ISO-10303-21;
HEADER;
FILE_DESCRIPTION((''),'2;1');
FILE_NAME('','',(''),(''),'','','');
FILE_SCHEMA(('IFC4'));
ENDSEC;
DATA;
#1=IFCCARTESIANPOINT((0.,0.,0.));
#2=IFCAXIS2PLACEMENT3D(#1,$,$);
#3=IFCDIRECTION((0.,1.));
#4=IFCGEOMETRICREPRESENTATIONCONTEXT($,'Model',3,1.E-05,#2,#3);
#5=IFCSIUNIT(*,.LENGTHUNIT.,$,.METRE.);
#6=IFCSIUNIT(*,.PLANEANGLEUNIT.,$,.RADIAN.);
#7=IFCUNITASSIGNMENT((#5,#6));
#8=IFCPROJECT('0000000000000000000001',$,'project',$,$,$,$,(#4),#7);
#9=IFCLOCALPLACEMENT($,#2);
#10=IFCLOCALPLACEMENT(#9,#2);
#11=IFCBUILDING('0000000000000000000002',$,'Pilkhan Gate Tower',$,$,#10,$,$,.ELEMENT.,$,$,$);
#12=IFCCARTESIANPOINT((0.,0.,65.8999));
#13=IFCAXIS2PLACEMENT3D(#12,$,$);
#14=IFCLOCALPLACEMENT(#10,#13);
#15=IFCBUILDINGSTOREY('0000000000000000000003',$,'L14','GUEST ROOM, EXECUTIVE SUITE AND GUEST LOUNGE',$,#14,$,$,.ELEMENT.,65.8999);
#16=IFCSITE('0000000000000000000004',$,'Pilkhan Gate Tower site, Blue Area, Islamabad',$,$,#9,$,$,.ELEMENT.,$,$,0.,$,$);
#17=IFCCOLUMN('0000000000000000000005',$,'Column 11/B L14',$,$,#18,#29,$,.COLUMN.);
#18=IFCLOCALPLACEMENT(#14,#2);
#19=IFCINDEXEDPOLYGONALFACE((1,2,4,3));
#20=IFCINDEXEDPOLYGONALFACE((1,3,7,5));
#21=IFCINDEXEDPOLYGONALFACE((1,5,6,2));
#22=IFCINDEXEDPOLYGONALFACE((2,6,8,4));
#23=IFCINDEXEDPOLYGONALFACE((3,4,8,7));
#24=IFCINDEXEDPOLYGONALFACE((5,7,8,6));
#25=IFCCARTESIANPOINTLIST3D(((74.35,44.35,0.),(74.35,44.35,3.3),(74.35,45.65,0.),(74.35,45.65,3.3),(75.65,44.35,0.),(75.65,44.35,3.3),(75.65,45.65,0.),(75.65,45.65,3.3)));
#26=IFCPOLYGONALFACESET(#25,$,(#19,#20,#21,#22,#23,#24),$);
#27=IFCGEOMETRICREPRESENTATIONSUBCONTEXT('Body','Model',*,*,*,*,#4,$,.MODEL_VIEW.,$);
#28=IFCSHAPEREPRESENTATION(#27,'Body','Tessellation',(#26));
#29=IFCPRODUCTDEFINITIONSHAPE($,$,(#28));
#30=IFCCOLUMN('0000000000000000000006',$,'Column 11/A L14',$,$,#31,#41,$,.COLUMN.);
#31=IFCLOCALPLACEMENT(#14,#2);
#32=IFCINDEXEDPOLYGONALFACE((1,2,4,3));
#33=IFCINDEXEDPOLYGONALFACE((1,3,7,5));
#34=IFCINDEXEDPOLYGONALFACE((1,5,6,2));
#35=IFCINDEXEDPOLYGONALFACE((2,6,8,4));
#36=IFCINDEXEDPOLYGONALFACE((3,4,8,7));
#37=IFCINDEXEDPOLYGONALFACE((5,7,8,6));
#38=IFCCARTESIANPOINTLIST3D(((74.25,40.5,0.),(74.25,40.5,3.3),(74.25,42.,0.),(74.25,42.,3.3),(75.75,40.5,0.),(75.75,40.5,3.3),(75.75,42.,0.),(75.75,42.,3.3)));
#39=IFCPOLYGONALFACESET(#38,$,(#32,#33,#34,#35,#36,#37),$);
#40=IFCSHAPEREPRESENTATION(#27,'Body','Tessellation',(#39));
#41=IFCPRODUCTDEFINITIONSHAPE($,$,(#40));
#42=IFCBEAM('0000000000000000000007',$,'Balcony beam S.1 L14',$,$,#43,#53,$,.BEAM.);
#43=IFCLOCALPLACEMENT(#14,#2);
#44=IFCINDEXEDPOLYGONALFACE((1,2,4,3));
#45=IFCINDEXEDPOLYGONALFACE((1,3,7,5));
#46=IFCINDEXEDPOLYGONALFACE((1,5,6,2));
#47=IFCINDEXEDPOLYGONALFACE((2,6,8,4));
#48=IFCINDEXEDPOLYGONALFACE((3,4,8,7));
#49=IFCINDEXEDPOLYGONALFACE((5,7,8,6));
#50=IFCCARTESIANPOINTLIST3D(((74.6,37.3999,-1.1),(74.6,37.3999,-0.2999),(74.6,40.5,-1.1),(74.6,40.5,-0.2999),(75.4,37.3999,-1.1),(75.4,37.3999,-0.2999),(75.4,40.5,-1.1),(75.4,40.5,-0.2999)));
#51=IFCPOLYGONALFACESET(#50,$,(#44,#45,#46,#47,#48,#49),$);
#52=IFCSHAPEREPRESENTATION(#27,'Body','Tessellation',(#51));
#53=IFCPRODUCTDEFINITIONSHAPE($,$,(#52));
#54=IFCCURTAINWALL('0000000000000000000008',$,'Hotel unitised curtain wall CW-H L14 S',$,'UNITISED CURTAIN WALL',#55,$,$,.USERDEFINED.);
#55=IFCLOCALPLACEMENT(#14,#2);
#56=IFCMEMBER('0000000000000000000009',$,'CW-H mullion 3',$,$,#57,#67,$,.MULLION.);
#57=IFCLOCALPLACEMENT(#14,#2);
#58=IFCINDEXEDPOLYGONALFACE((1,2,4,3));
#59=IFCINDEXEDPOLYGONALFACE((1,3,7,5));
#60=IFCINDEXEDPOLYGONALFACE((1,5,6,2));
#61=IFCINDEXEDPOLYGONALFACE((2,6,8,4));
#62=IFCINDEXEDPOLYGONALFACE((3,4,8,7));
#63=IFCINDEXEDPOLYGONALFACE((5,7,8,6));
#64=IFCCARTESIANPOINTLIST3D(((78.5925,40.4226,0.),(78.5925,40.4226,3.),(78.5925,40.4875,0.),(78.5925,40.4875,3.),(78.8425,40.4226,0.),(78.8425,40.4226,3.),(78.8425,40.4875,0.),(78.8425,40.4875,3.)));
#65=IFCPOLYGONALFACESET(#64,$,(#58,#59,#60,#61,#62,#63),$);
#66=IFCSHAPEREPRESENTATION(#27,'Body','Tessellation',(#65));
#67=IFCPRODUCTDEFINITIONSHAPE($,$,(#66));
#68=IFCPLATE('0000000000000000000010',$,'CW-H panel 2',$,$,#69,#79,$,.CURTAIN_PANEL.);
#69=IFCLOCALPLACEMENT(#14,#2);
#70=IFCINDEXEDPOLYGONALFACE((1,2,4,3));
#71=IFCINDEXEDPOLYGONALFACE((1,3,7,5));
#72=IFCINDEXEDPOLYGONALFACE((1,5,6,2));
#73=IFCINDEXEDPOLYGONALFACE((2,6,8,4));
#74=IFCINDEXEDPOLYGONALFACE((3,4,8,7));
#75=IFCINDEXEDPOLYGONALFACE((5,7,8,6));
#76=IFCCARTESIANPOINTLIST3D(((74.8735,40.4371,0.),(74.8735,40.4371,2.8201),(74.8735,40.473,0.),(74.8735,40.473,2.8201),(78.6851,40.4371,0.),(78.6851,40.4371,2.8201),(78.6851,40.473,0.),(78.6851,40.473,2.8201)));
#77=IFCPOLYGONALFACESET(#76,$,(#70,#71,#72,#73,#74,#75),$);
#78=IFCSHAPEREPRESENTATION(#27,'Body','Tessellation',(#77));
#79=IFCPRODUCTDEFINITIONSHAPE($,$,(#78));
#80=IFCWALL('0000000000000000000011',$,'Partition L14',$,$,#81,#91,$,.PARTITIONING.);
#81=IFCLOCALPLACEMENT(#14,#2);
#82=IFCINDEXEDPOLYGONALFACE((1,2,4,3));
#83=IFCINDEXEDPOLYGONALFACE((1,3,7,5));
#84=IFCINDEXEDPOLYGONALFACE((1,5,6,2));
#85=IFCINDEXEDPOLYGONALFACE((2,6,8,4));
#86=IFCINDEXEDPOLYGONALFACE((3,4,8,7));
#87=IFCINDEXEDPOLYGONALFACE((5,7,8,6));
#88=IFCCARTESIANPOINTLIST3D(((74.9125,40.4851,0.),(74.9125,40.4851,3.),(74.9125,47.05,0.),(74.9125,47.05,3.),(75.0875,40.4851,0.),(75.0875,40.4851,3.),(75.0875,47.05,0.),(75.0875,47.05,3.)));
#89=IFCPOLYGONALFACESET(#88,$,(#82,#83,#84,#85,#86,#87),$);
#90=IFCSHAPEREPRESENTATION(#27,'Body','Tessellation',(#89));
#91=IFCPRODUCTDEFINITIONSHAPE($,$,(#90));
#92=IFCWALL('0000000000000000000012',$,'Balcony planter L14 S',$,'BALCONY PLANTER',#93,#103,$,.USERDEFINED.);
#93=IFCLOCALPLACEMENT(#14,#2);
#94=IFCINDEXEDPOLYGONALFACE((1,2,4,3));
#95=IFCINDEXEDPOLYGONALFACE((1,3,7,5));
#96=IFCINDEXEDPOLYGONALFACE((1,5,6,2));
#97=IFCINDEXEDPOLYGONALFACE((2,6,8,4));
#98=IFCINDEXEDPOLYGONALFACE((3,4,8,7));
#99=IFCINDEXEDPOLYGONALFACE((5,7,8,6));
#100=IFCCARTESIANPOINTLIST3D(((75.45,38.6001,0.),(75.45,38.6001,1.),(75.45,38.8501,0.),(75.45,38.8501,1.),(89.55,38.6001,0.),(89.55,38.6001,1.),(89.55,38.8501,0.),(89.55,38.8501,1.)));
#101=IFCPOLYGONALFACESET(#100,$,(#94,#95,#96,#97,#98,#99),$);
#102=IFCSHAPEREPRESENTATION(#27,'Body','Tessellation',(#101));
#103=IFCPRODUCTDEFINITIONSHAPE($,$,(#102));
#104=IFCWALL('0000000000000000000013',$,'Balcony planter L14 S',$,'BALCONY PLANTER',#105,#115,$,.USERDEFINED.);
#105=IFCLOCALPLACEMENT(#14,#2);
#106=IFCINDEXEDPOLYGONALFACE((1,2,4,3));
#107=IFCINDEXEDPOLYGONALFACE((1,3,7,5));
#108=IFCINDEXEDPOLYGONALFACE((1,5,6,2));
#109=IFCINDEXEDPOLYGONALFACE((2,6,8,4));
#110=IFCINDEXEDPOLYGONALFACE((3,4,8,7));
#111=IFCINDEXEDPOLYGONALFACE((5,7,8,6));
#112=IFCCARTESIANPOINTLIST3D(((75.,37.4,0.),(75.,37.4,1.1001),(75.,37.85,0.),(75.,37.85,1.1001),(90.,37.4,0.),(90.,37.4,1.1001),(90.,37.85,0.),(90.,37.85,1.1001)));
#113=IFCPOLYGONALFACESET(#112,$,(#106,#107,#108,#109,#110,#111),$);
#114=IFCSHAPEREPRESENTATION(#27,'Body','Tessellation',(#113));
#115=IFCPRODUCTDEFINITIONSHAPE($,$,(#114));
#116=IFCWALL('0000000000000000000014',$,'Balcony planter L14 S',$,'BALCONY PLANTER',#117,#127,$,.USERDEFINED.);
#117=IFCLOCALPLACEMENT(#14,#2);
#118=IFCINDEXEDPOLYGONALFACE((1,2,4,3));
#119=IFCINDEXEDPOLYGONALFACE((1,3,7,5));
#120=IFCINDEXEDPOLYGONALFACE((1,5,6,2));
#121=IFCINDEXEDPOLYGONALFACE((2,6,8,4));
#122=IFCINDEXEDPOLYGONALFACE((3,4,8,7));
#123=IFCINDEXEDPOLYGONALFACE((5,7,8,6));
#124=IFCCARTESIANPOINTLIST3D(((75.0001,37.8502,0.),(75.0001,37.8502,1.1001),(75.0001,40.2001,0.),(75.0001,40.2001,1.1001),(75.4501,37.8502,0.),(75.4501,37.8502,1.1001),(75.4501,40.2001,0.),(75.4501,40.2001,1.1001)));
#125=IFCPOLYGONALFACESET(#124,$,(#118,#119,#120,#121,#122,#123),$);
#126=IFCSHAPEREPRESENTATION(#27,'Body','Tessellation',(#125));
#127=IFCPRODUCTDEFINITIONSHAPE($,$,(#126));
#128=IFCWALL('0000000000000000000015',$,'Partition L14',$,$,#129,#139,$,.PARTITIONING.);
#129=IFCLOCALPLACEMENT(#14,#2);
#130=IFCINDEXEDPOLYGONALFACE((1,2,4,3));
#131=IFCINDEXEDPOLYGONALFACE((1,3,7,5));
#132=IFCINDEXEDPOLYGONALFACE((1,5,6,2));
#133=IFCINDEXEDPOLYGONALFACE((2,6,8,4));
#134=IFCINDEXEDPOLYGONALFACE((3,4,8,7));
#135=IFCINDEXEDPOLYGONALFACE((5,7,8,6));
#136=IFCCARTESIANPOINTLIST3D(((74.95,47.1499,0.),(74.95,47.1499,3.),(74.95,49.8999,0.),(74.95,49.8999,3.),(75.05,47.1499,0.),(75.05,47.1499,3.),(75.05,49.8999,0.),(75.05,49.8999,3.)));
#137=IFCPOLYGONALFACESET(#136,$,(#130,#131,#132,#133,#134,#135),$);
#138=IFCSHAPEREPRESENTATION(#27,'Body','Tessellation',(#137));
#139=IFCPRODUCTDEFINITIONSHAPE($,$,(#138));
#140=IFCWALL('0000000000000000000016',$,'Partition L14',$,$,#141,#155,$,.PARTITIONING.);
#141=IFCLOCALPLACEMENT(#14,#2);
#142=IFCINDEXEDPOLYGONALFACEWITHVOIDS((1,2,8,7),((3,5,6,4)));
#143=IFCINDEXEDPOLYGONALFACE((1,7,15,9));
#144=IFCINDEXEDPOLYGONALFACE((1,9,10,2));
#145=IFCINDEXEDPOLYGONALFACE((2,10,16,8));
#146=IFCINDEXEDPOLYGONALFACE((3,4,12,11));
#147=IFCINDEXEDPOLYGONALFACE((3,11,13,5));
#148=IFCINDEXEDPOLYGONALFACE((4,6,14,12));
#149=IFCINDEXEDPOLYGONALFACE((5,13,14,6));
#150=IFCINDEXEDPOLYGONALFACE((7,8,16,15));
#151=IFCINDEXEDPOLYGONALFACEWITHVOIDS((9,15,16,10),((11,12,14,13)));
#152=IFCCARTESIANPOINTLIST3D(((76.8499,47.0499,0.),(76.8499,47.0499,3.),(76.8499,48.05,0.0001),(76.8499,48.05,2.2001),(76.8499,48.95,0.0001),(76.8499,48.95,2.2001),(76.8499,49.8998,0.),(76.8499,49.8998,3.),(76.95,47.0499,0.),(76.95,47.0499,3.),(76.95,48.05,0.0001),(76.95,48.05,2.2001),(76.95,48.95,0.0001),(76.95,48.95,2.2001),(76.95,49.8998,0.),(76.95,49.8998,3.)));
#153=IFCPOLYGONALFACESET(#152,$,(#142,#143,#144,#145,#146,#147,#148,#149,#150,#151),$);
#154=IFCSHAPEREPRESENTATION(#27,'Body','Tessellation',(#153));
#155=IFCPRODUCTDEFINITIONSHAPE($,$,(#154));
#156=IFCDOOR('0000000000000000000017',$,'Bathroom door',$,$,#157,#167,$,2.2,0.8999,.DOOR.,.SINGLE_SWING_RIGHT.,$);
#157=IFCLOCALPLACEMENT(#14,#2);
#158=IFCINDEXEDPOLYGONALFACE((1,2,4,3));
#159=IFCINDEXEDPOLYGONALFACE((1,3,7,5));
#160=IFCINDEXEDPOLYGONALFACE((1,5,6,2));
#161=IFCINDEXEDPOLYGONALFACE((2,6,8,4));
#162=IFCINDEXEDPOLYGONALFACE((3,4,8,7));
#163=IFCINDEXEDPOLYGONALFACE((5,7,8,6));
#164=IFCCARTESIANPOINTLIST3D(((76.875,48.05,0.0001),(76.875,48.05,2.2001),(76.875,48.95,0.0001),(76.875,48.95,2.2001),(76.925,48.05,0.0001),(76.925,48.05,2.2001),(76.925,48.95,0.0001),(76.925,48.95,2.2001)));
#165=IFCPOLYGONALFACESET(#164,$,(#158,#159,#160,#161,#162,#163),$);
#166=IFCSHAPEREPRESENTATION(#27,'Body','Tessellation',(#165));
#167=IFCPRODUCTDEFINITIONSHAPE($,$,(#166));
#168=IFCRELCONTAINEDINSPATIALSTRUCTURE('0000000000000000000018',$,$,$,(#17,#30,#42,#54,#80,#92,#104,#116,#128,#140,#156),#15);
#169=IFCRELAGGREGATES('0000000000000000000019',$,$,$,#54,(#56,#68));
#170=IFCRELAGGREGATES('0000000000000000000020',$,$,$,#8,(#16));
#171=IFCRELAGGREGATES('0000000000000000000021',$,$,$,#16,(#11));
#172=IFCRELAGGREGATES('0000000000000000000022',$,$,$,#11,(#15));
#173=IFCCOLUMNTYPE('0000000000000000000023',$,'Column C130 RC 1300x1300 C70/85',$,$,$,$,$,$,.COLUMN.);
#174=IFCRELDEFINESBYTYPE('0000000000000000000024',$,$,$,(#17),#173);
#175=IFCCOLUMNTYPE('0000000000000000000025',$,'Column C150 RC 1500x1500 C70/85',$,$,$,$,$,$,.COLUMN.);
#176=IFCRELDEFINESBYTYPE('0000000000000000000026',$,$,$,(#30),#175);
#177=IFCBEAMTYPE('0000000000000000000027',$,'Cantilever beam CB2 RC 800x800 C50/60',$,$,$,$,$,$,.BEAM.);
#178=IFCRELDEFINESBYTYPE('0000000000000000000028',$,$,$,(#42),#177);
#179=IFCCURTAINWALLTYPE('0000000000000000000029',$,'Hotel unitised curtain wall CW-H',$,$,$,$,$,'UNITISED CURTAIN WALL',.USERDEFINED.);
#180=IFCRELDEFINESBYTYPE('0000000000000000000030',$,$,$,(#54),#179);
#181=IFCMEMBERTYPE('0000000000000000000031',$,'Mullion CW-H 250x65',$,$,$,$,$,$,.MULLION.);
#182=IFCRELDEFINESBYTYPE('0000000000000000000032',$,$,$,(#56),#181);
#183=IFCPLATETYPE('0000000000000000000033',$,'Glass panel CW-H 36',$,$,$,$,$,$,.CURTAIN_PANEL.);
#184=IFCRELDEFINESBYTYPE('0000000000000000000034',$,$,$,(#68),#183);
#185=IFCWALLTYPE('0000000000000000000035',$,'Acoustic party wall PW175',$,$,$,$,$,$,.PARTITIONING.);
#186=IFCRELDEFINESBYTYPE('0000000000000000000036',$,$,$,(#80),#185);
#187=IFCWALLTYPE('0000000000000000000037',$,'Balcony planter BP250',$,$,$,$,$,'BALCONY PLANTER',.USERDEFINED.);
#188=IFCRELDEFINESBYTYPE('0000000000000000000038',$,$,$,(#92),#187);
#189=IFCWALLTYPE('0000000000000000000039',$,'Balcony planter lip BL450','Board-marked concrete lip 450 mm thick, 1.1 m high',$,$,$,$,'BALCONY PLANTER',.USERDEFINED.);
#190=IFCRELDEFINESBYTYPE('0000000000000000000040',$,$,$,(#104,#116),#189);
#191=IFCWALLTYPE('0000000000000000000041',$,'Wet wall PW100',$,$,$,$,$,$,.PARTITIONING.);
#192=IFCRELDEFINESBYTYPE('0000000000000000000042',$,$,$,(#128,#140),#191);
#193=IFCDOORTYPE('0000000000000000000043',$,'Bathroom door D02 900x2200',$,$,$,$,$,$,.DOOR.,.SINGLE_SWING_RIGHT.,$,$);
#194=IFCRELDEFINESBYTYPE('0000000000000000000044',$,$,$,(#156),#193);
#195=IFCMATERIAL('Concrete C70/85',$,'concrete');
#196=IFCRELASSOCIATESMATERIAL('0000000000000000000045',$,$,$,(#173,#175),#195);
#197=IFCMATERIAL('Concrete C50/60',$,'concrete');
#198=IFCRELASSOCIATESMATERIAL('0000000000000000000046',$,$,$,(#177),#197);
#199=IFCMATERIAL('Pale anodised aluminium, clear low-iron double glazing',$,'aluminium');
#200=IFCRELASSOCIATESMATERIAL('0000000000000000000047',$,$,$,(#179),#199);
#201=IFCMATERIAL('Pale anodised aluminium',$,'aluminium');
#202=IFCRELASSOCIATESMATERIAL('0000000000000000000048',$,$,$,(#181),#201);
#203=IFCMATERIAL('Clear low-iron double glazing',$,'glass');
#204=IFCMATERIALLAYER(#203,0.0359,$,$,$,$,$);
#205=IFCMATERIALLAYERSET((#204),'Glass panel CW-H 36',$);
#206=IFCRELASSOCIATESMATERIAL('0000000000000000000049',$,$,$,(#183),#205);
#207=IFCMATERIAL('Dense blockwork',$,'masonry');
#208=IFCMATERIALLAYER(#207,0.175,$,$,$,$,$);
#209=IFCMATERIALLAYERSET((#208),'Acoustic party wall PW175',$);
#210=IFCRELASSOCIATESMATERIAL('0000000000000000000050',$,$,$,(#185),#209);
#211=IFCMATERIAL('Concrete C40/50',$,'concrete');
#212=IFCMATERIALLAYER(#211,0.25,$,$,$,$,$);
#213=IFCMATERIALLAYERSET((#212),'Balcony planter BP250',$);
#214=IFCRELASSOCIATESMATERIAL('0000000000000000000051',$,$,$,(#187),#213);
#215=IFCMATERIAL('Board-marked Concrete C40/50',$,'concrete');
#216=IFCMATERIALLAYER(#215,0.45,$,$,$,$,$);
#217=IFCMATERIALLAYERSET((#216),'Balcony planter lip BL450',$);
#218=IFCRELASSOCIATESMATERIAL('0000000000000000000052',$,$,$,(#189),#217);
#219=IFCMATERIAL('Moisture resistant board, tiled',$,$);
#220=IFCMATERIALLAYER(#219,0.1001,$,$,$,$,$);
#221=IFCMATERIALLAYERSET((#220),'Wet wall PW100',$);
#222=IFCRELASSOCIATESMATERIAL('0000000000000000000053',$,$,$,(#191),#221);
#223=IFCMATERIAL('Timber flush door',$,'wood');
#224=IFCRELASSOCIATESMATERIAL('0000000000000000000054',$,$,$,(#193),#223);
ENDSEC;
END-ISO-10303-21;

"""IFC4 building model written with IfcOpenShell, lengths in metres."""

from ifc_helpers import new_model, si_unit, direction, frame, frame_2d, origin, origin_2d, place, context, subcontext, project, spatial, rectangle, extrude, material, layer, layer_set, material_profile, profile_set, type_object, element, fill, aggregate, save


model = new_model("IFC4")

# Units and contexts
model_context = context("Model", 3, precision=1e-05, world=origin(), true_north=direction((0.0, 1.0)))
body_context = subcontext(model_context, "Body", "Model", "MODEL_VIEW")
ifc_project = project(units=[si_unit("LENGTHUNIT", "METRE"), si_unit("PLANEANGLEUNIT", "RADIAN")], contexts=[model_context])

# Site, building, storey
site_placement = place(None, origin())
site = spatial("IfcSite", under=ifc_project, at=site_placement, Name="Pilkhan Gate Tower site, Blue Area, Islamabad", CompositionType="ELEMENT", RefElevation=0.0)
building_placement = place(site_placement, origin())
building = spatial("IfcBuilding", under=site, at=building_placement, Name="Pilkhan Gate Tower", CompositionType="ELEMENT")
storey_placement = place(building_placement, frame((0.0, 0.0, 65.8999)))
storey = spatial("IfcBuildingStorey", under=building, at=storey_placement, Name="L14", Description="GUEST ROOM, EXECUTIVE SUITE AND GUEST LOUNGE", CompositionType="ELEMENT", Elevation=65.8999)

# Columns
ifc_material_1 = material(Name="Concrete C70/85", Category="concrete")
ifc_material_profile_1 = material_profile(ifc_material_1, rectangle(XDim=1.3, YDim=1.3, at=origin_2d()), Name="RC 1300x1300")
ifc_profile_set_1 = profile_set([ifc_material_profile_1], Name="Concrete C70/85")
column_type_1 = type_object("IfcColumnType", Name="Column C130 RC 1300x1300 C70/85", PredefinedType="COLUMN", material=ifc_profile_set_1)
column_1_placement = place(storey_placement, frame((75.0, 45.0, 0.0), z_axis=(0.0, 0.0, 1.0), x_axis=(1.0, 0.0, 0.0)))
element("IfcColumn", 1, at=column_1_placement, inside=storey, type_object=column_type_1, Name="Column 11/B L14", PredefinedType="COLUMN", context=body_context, shape_type="SweptSolid", body=[
    extrude(rectangle(XDim=1.3, YDim=1.3, at=origin_2d()), origin(), (0.0, 0.0, 1.0), 3.3),
])
ifc_material_profile_2 = material_profile(ifc_material_1, rectangle(XDim=1.5, YDim=1.5, at=origin_2d()), Name="RC 1500x1500")
ifc_profile_set_2 = profile_set([ifc_material_profile_2], Name="Concrete C70/85")
column_type_2 = type_object("IfcColumnType", Name="Column C150 RC 1500x1500 C70/85", PredefinedType="COLUMN", material=ifc_profile_set_2)
column_2_placement = place(storey_placement, frame((75.0, 41.25, 0.0), z_axis=(0.0, 0.0, 1.0), x_axis=(1.0, 0.0, 0.0)))
element("IfcColumn", 2, at=column_2_placement, inside=storey, type_object=column_type_2, Name="Column 11/A L14", PredefinedType="COLUMN", context=body_context, shape_type="SweptSolid", body=[
    extrude(rectangle(XDim=1.5, YDim=1.5, at=origin_2d()), origin(), (0.0, 0.0, 1.0), 3.3),
])

# Beam
ifc_material_2 = material(Name="Concrete C50/60", Category="concrete")
ifc_material_profile_3 = material_profile(ifc_material_2, rectangle(XDim=0.8, YDim=0.8, at=origin_2d()), Name="RC 800x800")
ifc_profile_set_3 = profile_set([ifc_material_profile_3], Name="Concrete C50/60")
beam_type = type_object("IfcBeamType", Name="Cantilever beam CB2 RC 800x800 C50/60", PredefinedType="BEAM", material=ifc_profile_set_3)
beam_placement = place(storey_placement, frame((75.0, 40.5, -0.7), z_axis=(0.0, -1.0, 0.0), x_axis=(1.0, 0.0, 0.0)))
element("IfcBeam", 3, at=beam_placement, inside=storey, type_object=beam_type, Name="Balcony beam S.1 L14", PredefinedType="BEAM", context=body_context, shape_type="SweptSolid", body=[
    extrude(rectangle(XDim=0.8, YDim=0.8, at=origin_2d()), origin(), (0.0, 0.0, 1.0), 3.1001),
])

# Curtain wall, member, plate
ifc_material_3 = material(Name="Pale anodised aluminium, clear low-iron double glazing", Category="aluminium")
curtain_wall_type = type_object("IfcCurtainWallType", Name="Hotel unitised curtain wall CW-H", ElementType="UNITISED CURTAIN WALL", PredefinedType="USERDEFINED", material=ifc_material_3)
curtain_wall_placement = place(storey_placement, origin())
curtain_wall = element("IfcCurtainWall", 4, at=curtain_wall_placement, inside=storey, type_object=curtain_wall_type, Name="Hotel unitised curtain wall CW-H L14 S", ObjectType="UNITISED CURTAIN WALL", PredefinedType="USERDEFINED")
ifc_material_4 = material(Name="Pale anodised aluminium", Category="aluminium")
ifc_material_profile_4 = material_profile(ifc_material_4, rectangle(XDim=0.0649, YDim=0.25, at=origin_2d()), Name="Mullion 250x65")
ifc_profile_set_4 = profile_set([ifc_material_profile_4], Name="Pale anodised aluminium")
member_type = type_object("IfcMemberType", Name="Mullion CW-H 250x65", PredefinedType="MULLION", material=ifc_profile_set_4)
member_placement = place(storey_placement, frame((78.7175, 40.4551, 0.0), z_axis=(0.0, 0.0, 1.0), x_axis=(0.0, 1.0, 0.0)))
member = element("IfcMember", 5, at=member_placement, type_object=member_type, Name="CW-H mullion 3", PredefinedType="MULLION", context=body_context, shape_type="SweptSolid", body=[
    extrude(rectangle(XDim=0.0649, YDim=0.25, at=origin_2d()), origin(), (0.0, 0.0, 1.0), 3.0),
])
ifc_material_5 = material(Name="Clear low-iron double glazing", Category="glass")
ifc_layer_1 = layer(ifc_material_5, 0.0359)
ifc_layer_set_1 = layer_set([ifc_layer_1], Name="Glass panel CW-H 36")
plate_type = type_object("IfcPlateType", Name="Glass panel CW-H 36", PredefinedType="CURTAIN_PANEL", material=ifc_layer_set_1)
plate_placement = place(storey_placement, frame((76.7793, 40.4551, 0.0), z_axis=(0.0, 0.0, 1.0), x_axis=(1.0, 0.0, 0.0)))
plate = element("IfcPlate", 6, at=plate_placement, type_object=plate_type, Name="CW-H panel 2", PredefinedType="CURTAIN_PANEL", context=body_context, shape_type="SweptSolid", body=[
    extrude(rectangle(XDim=3.8115, YDim=0.0359, at=origin_2d()), origin(), (0.0, 0.0, 1.0), 2.8201),
])
aggregate(curtain_wall, [member, plate])

# Walls
ifc_material_6 = material(Name="Dense blockwork", Category="masonry")
ifc_layer_2 = layer(ifc_material_6, 0.175)
ifc_layer_set_2 = layer_set([ifc_layer_2], Name="Acoustic party wall PW175")
wall_type_1 = type_object("IfcWallType", Name="Acoustic party wall PW175", PredefinedType="PARTITIONING", material=ifc_layer_set_2)
wall_1_placement = place(storey_placement, frame((75.0, 40.4851, 0.0), z_axis=(0.0, 0.0, 1.0), x_axis=(0.0, 1.0, 0.0)))
element("IfcWall", 7, at=wall_1_placement, inside=storey, type_object=wall_type_1, Name="Partition L14", PredefinedType="PARTITIONING", context=body_context, shape_type="SweptSolid", body=[
    extrude(rectangle(XDim=6.5649, YDim=0.175, at=frame_2d((3.2825, 0.0))), origin(), (0.0, 0.0, 1.0), 3.0),
])
ifc_material_7 = material(Name="Concrete C40/50", Category="concrete")
ifc_layer_3 = layer(ifc_material_7, 0.25)
ifc_layer_set_3 = layer_set([ifc_layer_3], Name="Balcony planter BP250")
wall_type_2 = type_object("IfcWallType", Name="Balcony planter BP250", ElementType="BALCONY PLANTER", PredefinedType="USERDEFINED", material=ifc_layer_set_3)
wall_2_placement = place(storey_placement, frame((75.45, 38.7251, 0.0), z_axis=(0.0, 0.0, 1.0), x_axis=(1.0, 0.0, 0.0)))
element("IfcWall", 8, at=wall_2_placement, inside=storey, type_object=wall_type_2, Name="Balcony planter L14 S", ObjectType="BALCONY PLANTER", PredefinedType="USERDEFINED", context=body_context, shape_type="SweptSolid", body=[
    extrude(rectangle(XDim=14.1001, YDim=0.25, at=frame_2d((7.05, 0.0))), origin(), (0.0, 0.0, 1.0), 1.0),
])
ifc_material_8 = material(Name="Board-marked Concrete C40/50", Category="concrete")
ifc_layer_4 = layer(ifc_material_8, 0.45)
ifc_layer_set_4 = layer_set([ifc_layer_4], Name="Balcony planter lip BL450")
wall_type_3 = type_object("IfcWallType", Name="Balcony planter lip BL450", Description="Board-marked concrete lip 450 mm thick, 1.1 m high", ElementType="BALCONY PLANTER", PredefinedType="USERDEFINED", material=ifc_layer_set_4)
wall_3_placement = place(storey_placement, frame((75.0, 37.625, 0.0), z_axis=(0.0, 0.0, 1.0), x_axis=(1.0, 0.0, 0.0)))
element("IfcWall", 9, at=wall_3_placement, inside=storey, type_object=wall_type_3, Name="Balcony planter L14 S", ObjectType="BALCONY PLANTER", PredefinedType="USERDEFINED", context=body_context, shape_type="SweptSolid", body=[
    extrude(rectangle(XDim=15.0, YDim=0.45, at=frame_2d((7.5, 0.0))), origin(), (0.0, 0.0, 1.0), 1.1001),
])
wall_4_placement = place(storey_placement, frame((75.2251, 40.2, 0.0), z_axis=(0.0, 0.0, 1.0), x_axis=(0.0, -1.0, 0.0)))
element("IfcWall", 10, at=wall_4_placement, inside=storey, type_object=wall_type_3, Name="Balcony planter L14 S", ObjectType="BALCONY PLANTER", PredefinedType="USERDEFINED", context=body_context, shape_type="SweptSolid", body=[
    extrude(rectangle(XDim=2.3499, YDim=0.45, at=frame_2d((1.1748, 0.0))), origin(), (0.0, 0.0, 1.0), 1.1001),
])

# Wall
ifc_material_9 = material(Name="Moisture resistant board, tiled")
ifc_layer_5 = layer(ifc_material_9, 0.1001)
ifc_layer_set_5 = layer_set([ifc_layer_5], Name="Wet wall PW100")
wall_type_4 = type_object("IfcWallType", Name="Wet wall PW100", PredefinedType="PARTITIONING", material=ifc_layer_set_5)
wall_5_placement = place(storey_placement, frame((75.0, 47.1499, 0.0), z_axis=(0.0, 0.0, 1.0), x_axis=(0.0, 1.0, 0.0)))
element("IfcWall", 11, at=wall_5_placement, inside=storey, type_object=wall_type_4, Name="Partition L14", PredefinedType="PARTITIONING", context=body_context, shape_type="SweptSolid", body=[
    extrude(rectangle(XDim=2.75, YDim=0.1001, at=frame_2d((1.375, 0.0))), origin(), (0.0, 0.0, 1.0), 3.0),
])

# Wall, opening, door
wall_6_placement = place(storey_placement, frame((76.8999, 47.05, 0.0), z_axis=(0.0, 0.0, 1.0), x_axis=(0.0, 1.0, 0.0)))
wall_6 = element("IfcWall", 12, at=wall_6_placement, inside=storey, type_object=wall_type_4, Name="Partition L14", PredefinedType="PARTITIONING", context=body_context, shape_type="SweptSolid", body=[
    extrude(rectangle(XDim=2.8499, YDim=0.1001, at=frame_2d((1.4248, 0.0))), origin(), (0.0, 0.0, 1.0), 3.0),
])
opening_1_placement = place(wall_6_placement, frame((1.0, 0.0, 0.0)))
opening_1 = element("IfcOpeningElement", 13, at=opening_1_placement, cuts=wall_6, PredefinedType="OPENING", context=body_context, shape_type="SweptSolid", body=[
    extrude(rectangle(XDim=0.8999, YDim=2.2, at=frame_2d((0.45, 1.1001))), frame((0.0, 0.0601, 0.0), z_axis=(0.0, -1.0, 0.0), x_axis=(1.0, 0.0, 0.0)), (0.0, 0.0, 1.0), 0.1201),
])
ifc_material_10 = material(Name="Timber flush door", Category="wood")
door_type_1 = type_object("IfcDoorType", Name="Bathroom door D02 900x2200", OperationType="SINGLE_SWING_RIGHT", PredefinedType="DOOR", material=ifc_material_10)
door_1_placement = place(opening_1_placement, origin())
door_1 = element("IfcDoor", 14, at=door_1_placement, inside=storey, type_object=door_type_1, Name="Bathroom door", OperationType="SINGLE_SWING_RIGHT", OverallHeight=2.2, OverallWidth=0.8999, PredefinedType="DOOR", context=body_context, shape_type="SweptSolid", body=[
    extrude(rectangle(XDim=0.8999, YDim=2.2, at=frame_2d((0.45, 1.1001))), frame((0.0, 0.0249, 0.0), z_axis=(0.0, -1.0, 0.0), x_axis=(1.0, 0.0, 0.0)), (0.0, 0.0, 1.0), 0.05),
])
fill(opening_1, door_1)

save(model, "model.ifc")
